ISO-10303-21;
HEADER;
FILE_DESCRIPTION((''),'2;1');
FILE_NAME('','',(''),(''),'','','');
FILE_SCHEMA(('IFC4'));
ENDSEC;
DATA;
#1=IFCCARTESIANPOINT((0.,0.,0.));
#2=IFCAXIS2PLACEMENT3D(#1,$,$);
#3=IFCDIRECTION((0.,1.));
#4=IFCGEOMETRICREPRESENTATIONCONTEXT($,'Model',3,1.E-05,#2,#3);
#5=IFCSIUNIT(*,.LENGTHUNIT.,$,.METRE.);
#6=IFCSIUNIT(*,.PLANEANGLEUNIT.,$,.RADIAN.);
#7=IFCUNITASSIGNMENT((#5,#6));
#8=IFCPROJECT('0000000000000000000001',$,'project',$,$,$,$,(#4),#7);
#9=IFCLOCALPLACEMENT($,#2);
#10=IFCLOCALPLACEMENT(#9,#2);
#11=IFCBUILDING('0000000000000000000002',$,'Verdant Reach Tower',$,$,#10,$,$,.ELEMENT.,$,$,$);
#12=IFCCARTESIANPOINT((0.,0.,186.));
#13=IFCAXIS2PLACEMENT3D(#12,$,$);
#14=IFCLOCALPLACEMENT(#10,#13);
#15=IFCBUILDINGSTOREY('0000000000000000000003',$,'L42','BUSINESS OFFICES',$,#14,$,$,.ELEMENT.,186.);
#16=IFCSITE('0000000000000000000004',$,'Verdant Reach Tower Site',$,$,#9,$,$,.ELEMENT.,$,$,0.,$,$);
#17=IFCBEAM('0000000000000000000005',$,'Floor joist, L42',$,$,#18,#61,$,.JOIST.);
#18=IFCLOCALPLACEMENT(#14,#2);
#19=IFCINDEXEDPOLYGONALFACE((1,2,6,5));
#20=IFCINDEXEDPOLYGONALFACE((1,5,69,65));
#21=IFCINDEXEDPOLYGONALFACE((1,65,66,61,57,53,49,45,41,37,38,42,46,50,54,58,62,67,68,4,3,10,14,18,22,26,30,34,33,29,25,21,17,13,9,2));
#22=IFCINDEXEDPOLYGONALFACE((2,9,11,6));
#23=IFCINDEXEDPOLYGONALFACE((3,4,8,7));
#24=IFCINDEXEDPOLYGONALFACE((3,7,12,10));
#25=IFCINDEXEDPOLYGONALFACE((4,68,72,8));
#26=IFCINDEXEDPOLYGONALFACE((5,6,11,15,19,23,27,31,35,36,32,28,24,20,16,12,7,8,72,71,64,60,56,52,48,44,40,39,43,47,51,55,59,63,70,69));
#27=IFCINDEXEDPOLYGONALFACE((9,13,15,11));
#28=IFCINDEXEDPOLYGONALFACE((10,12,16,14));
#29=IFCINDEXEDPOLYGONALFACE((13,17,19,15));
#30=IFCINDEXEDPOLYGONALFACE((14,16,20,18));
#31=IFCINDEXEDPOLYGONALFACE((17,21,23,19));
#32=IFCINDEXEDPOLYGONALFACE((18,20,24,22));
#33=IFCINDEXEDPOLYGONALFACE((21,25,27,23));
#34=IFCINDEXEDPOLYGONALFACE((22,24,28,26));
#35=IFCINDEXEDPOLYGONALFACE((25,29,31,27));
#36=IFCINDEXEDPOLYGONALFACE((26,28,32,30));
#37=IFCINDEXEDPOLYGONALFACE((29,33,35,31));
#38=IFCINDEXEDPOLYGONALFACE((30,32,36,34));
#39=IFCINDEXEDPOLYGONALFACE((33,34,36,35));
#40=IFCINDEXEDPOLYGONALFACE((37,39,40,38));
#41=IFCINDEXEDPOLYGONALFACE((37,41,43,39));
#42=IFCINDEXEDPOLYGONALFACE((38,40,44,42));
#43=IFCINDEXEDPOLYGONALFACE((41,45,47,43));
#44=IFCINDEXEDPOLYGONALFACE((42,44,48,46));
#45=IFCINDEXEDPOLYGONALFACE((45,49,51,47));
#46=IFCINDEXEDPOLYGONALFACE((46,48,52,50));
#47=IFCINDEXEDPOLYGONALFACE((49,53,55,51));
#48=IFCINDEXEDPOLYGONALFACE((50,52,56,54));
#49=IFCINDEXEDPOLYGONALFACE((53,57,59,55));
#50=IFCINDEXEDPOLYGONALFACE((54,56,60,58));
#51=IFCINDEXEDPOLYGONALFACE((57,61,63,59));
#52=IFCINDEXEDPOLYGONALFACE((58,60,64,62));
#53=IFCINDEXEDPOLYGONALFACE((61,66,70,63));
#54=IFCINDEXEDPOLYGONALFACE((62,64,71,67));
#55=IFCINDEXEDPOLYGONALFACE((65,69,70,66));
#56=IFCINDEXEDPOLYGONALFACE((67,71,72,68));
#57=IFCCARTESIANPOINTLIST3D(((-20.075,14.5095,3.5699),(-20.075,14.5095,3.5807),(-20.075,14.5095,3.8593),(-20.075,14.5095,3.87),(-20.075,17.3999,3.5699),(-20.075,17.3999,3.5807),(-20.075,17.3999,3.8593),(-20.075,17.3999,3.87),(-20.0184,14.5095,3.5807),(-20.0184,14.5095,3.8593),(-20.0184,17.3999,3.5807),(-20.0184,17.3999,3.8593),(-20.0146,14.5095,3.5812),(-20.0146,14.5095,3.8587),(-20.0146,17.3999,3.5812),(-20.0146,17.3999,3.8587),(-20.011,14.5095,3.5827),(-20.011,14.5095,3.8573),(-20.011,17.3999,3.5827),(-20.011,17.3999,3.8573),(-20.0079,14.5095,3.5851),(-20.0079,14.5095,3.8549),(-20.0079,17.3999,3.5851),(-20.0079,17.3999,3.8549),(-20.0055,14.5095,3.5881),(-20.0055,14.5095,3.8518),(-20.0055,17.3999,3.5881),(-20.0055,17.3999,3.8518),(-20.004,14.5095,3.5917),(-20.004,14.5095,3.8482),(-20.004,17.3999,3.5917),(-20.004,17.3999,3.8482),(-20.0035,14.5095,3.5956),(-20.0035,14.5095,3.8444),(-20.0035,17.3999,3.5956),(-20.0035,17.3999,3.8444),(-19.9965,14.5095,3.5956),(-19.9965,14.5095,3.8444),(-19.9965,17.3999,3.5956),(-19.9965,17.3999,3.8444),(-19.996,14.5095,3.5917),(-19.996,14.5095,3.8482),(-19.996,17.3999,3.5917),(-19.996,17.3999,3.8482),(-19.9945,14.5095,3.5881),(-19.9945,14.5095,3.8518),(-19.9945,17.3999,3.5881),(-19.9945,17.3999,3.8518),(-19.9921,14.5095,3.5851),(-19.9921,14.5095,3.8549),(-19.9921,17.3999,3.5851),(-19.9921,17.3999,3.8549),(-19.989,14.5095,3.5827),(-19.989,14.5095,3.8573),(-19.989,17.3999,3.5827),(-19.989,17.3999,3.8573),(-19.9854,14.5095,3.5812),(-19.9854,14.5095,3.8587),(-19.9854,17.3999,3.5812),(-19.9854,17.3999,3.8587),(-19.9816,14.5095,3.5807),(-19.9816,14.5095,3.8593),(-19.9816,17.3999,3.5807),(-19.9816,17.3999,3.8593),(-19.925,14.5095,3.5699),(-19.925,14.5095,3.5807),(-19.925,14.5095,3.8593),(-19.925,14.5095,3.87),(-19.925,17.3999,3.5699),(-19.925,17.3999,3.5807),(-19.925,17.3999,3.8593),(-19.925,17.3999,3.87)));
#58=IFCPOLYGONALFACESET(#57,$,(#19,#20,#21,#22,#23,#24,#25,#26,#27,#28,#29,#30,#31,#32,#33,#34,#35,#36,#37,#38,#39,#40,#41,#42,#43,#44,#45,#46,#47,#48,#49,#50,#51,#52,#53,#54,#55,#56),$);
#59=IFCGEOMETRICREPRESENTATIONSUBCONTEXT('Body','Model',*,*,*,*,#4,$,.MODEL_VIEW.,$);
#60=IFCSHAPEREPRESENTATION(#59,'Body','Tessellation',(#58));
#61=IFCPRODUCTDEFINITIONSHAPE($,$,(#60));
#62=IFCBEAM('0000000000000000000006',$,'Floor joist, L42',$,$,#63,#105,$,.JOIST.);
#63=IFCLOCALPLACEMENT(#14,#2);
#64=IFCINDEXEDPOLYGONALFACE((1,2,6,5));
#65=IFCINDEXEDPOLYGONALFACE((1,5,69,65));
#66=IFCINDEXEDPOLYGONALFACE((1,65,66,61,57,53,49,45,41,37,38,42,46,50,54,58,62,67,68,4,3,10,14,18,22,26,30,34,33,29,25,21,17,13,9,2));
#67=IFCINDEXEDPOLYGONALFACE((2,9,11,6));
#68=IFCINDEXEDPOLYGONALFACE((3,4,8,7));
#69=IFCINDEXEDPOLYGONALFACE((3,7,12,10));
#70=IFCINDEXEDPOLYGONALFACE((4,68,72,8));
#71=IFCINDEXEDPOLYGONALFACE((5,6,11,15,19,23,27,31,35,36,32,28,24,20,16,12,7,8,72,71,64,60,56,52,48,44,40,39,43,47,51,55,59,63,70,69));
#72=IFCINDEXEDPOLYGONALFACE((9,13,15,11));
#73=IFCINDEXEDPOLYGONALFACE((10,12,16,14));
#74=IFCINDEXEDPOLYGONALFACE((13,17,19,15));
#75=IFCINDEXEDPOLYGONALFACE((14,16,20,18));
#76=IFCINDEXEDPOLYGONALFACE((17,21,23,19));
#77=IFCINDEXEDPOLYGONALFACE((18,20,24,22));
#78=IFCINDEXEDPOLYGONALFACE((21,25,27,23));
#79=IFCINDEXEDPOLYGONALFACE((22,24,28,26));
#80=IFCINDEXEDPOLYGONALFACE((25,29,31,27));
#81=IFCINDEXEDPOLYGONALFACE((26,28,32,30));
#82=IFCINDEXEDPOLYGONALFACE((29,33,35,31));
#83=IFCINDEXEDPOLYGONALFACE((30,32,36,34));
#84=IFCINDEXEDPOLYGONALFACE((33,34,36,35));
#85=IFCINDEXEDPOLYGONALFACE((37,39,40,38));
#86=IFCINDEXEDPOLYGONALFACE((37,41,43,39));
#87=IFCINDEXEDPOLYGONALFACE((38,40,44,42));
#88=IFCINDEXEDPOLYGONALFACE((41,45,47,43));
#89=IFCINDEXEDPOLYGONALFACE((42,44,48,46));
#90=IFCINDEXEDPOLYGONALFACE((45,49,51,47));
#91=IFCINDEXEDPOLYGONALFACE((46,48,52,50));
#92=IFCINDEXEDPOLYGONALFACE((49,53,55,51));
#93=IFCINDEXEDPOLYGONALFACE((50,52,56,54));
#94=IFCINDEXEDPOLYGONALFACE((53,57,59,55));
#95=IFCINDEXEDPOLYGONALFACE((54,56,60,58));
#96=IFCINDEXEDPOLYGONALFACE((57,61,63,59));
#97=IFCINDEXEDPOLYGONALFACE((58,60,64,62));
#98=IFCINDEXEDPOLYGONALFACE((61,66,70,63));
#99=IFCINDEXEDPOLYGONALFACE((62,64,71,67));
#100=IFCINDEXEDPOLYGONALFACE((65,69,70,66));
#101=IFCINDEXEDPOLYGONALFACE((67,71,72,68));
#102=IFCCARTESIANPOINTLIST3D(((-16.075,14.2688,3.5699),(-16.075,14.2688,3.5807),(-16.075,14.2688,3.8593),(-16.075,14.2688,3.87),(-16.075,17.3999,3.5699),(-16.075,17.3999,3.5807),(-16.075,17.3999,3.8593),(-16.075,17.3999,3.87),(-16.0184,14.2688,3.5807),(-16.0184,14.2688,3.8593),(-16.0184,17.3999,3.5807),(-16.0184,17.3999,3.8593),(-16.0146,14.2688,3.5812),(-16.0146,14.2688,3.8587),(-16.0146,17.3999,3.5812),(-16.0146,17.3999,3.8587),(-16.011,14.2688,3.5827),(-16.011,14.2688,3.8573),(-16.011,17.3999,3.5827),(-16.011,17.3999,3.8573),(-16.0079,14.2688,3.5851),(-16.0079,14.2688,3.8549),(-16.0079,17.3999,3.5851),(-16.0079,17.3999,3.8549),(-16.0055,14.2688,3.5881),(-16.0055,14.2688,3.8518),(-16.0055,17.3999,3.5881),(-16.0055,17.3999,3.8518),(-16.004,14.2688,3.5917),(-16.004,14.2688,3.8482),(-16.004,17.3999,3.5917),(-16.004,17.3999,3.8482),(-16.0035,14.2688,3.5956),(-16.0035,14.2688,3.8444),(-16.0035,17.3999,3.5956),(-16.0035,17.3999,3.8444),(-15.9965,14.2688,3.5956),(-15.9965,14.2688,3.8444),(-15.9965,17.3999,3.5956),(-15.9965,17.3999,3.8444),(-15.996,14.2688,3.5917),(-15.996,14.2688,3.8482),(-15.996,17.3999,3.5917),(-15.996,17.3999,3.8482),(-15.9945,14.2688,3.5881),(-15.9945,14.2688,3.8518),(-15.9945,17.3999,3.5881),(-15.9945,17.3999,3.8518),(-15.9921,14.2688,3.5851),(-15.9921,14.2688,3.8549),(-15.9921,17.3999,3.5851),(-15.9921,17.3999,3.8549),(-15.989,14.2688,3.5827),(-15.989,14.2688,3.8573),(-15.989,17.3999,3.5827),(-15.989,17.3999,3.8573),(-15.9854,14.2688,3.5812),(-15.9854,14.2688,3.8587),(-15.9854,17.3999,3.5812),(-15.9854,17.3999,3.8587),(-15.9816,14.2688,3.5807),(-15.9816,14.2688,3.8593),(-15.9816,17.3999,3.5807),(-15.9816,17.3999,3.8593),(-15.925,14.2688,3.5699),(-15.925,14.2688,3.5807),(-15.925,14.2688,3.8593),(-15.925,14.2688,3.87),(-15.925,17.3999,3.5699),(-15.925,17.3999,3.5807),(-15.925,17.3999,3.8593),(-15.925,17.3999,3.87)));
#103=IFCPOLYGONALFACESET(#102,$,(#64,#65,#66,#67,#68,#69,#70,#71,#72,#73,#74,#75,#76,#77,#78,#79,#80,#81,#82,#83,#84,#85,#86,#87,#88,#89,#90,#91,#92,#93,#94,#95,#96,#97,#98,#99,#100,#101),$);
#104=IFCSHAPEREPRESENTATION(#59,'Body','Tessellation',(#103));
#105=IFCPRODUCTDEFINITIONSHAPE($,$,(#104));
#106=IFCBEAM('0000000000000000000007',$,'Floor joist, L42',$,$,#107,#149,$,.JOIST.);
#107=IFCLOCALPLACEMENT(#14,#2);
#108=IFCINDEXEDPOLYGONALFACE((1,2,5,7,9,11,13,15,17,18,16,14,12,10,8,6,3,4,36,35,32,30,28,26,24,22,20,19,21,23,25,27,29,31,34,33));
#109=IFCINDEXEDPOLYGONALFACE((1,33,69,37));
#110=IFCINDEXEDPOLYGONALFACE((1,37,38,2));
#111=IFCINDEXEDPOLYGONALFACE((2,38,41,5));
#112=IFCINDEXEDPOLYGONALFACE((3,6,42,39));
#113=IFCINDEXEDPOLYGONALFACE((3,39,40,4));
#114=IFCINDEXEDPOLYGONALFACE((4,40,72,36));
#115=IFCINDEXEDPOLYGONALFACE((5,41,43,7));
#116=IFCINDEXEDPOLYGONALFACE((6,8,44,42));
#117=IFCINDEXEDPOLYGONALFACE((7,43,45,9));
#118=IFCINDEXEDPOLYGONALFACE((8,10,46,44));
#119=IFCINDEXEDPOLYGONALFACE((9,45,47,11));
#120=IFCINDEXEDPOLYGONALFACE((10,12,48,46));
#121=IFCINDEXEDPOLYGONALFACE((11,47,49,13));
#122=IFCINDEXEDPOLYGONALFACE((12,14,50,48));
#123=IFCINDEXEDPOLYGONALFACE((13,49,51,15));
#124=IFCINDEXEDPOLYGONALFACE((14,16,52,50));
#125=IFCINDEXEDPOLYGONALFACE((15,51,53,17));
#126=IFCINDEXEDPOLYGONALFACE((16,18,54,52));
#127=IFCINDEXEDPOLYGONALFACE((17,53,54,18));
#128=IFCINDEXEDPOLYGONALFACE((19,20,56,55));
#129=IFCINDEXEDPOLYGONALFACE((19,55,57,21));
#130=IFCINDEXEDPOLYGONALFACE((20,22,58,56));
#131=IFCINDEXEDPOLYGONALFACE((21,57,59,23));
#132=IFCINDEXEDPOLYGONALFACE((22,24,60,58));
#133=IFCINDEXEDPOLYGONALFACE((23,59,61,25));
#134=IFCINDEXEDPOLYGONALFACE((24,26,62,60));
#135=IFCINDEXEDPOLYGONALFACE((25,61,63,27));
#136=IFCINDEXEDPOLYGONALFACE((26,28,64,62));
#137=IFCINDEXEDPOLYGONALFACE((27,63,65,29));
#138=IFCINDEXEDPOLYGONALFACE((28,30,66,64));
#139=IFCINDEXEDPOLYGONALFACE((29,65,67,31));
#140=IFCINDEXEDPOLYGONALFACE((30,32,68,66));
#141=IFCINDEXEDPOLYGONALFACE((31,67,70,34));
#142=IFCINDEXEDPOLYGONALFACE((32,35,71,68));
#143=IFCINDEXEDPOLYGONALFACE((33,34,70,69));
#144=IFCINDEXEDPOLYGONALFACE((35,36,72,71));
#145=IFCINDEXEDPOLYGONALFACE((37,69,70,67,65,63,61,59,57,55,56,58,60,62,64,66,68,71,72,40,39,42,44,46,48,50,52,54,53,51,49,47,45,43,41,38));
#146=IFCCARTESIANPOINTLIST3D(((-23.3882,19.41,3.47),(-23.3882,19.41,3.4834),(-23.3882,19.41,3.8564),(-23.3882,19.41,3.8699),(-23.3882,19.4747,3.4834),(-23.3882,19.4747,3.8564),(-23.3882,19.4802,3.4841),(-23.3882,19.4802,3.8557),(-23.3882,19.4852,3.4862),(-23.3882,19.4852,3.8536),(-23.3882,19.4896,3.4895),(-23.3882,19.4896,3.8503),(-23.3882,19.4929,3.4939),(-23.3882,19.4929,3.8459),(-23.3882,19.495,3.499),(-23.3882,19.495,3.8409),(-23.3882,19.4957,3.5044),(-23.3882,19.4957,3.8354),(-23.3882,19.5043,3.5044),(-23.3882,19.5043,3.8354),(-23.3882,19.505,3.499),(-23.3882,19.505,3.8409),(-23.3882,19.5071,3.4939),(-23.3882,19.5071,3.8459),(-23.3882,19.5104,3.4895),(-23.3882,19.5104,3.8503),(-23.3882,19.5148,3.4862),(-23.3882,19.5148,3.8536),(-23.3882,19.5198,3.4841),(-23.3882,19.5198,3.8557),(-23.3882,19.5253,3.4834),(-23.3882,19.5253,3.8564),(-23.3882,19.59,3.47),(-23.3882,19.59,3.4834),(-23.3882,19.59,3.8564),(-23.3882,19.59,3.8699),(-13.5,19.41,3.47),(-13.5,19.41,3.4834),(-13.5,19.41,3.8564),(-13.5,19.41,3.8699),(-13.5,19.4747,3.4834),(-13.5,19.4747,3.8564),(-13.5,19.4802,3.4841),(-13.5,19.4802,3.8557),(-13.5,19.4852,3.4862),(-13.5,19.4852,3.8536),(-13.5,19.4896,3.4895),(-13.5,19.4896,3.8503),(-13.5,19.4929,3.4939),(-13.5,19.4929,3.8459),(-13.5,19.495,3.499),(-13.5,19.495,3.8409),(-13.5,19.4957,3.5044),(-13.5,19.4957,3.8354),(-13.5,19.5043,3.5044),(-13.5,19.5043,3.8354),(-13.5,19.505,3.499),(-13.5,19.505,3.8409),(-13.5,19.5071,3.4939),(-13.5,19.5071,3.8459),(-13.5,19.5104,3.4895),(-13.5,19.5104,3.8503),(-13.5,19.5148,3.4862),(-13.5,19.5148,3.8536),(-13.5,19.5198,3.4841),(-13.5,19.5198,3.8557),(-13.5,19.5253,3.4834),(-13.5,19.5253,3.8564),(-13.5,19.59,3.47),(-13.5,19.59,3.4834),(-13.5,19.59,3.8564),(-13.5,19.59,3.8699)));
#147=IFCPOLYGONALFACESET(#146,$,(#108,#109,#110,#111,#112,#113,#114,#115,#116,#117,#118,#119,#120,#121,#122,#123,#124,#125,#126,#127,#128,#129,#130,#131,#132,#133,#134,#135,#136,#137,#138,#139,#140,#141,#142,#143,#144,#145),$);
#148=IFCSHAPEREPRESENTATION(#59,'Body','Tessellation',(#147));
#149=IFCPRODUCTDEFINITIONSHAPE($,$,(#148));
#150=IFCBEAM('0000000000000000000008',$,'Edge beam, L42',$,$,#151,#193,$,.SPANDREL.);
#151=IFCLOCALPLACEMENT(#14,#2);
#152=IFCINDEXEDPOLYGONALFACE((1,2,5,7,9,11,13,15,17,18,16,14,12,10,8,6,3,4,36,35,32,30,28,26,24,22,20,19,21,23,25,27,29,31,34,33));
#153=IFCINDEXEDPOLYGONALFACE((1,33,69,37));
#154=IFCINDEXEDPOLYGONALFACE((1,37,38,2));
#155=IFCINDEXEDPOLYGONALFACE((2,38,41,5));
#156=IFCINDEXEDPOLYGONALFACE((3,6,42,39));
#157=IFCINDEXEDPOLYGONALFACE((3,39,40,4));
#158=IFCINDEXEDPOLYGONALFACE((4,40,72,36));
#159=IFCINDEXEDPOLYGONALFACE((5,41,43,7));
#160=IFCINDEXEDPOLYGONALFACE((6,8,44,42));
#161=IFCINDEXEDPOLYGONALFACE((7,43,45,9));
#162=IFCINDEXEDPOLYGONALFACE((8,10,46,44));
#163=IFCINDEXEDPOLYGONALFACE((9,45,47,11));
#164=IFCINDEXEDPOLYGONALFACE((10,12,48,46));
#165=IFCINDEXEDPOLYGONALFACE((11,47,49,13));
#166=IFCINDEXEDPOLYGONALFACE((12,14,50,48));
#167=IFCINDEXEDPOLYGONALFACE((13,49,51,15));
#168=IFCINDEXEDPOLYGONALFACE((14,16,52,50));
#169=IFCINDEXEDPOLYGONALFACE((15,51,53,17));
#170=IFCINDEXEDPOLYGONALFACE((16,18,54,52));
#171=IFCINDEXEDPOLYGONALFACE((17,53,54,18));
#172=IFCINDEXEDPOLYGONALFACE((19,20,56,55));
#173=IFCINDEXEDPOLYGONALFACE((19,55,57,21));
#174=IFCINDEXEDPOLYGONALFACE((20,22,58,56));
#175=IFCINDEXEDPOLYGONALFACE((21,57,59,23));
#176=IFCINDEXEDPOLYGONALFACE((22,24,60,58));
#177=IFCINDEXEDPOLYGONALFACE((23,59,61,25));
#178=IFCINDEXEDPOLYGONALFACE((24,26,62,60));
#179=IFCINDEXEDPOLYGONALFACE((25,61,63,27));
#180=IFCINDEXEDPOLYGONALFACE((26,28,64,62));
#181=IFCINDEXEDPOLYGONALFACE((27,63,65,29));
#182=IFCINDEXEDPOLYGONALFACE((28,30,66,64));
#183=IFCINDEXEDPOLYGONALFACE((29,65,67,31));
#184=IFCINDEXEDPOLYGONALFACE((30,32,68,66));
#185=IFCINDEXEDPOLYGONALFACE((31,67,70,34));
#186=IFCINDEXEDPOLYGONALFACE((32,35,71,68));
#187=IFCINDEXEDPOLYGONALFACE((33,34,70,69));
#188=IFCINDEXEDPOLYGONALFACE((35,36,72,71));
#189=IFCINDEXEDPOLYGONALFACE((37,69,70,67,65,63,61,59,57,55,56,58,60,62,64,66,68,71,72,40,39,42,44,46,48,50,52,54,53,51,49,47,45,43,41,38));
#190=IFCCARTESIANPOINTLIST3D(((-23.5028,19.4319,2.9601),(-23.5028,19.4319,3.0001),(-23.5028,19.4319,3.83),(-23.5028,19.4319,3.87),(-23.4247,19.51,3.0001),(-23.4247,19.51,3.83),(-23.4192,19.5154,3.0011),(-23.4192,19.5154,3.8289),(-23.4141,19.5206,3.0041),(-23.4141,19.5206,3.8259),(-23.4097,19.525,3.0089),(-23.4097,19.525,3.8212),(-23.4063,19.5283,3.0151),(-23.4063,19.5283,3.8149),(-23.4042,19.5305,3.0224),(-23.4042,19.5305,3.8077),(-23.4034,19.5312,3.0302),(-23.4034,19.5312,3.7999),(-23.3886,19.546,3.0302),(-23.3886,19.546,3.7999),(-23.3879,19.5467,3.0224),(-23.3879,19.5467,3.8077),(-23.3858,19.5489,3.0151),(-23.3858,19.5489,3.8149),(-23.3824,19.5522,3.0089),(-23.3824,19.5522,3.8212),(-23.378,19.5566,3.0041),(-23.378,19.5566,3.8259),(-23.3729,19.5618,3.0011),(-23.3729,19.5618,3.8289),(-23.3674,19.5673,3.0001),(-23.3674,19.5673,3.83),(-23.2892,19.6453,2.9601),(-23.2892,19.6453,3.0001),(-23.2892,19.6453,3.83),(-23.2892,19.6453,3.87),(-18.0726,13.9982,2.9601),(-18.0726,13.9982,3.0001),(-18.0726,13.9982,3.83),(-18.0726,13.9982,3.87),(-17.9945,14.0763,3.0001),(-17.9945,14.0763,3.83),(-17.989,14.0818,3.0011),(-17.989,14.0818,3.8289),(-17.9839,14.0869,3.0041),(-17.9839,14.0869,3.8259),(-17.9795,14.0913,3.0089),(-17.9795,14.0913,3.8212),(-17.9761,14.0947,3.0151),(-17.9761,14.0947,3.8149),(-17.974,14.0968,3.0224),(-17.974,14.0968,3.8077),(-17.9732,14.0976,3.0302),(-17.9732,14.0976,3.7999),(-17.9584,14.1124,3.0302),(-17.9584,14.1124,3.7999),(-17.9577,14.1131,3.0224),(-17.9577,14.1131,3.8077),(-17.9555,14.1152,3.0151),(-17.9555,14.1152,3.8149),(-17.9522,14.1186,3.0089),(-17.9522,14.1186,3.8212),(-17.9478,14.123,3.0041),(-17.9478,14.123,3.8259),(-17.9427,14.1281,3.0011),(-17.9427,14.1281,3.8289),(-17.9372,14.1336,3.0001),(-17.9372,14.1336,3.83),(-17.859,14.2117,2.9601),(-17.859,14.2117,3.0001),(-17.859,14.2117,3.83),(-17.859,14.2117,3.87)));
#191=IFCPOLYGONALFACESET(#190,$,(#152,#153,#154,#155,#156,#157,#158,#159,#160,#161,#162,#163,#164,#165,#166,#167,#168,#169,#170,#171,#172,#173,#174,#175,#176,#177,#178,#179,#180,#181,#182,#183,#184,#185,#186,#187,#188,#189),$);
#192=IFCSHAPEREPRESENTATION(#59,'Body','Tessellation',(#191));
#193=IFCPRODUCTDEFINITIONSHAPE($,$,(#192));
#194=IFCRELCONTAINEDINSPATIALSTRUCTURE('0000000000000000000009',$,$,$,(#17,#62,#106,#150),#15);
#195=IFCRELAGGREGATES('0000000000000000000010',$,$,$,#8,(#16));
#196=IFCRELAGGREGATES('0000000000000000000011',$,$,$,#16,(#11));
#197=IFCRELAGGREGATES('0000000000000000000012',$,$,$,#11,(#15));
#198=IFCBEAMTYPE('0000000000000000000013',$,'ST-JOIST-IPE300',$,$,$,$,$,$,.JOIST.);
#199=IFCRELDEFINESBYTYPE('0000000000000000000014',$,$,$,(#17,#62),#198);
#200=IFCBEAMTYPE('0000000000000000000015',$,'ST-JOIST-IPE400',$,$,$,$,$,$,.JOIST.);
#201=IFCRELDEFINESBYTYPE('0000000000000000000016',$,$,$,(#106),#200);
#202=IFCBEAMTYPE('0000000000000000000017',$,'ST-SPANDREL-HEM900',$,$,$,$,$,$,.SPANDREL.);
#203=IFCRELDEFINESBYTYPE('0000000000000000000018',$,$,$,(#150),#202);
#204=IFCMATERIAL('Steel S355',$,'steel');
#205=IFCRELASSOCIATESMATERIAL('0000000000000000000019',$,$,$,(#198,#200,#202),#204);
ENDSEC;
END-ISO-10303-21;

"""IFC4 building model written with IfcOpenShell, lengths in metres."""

from ifc_helpers import new_model, si_unit, direction, frame, origin, origin_2d, place, context, subcontext, project, spatial, i_section, extrude, material, material_profile, profile_set, type_object, element, save


model = new_model("IFC4")

# Units and contexts
model_context = context("Model", 3, precision=1e-05, world=origin(), true_north=direction((0.0, 1.0)))
body_context = subcontext(model_context, "Body", "Model", "MODEL_VIEW")
ifc_project = project(units=[si_unit("LENGTHUNIT", "METRE"), si_unit("PLANEANGLEUNIT", "RADIAN")], contexts=[model_context])

# Site, building, storey
site_placement = place(None, origin())
site = spatial("IfcSite", under=ifc_project, at=site_placement, Name="Verdant Reach Tower Site", CompositionType="ELEMENT", RefElevation=0.0)
building_placement = place(site_placement, origin())
building = spatial("IfcBuilding", under=site, at=building_placement, Name="Verdant Reach Tower", CompositionType="ELEMENT")
storey_placement = place(building_placement, frame((0.0, 0.0, 186.0)))
storey = spatial("IfcBuildingStorey", under=building, at=storey_placement, Name="L42", Description="BUSINESS OFFICES", CompositionType="ELEMENT", Elevation=186.0)

# Beams
ifc_material_1 = material(Name="Steel S355", Category="steel")
ifc_material_profile_1 = material_profile(ifc_material_1, i_section(OverallWidth=0.1499, OverallDepth=0.3, WebThickness=0.0071, FlangeThickness=0.0107, FilletRadius=0.0149, at=origin_2d()), Name="IPE 300")
ifc_profile_set_1 = profile_set([ifc_material_profile_1], Name="Steel S355")
beam_type_1 = type_object("IfcBeamType", Name="ST-JOIST-IPE300", PredefinedType="JOIST", material=ifc_profile_set_1)
beam_1_placement = place(storey_placement, frame((-20.0, 17.3999, 3.72), z_axis=(0.0, -1.0, 0.0), x_axis=(1.0, 0.0, 0.0)))
element("IfcBeam", 1, at=beam_1_placement, inside=storey, type_object=beam_type_1, Name="Floor joist, L42", PredefinedType="JOIST", context=body_context, shape_type="SweptSolid", body=[
    extrude(i_section(OverallWidth=0.1499, OverallDepth=0.3, WebThickness=0.0071, FlangeThickness=0.0107, FilletRadius=0.0149, at=origin_2d()), origin(), (0.0, 0.0, 1.0), 2.8904),
])
beam_2_placement = place(storey_placement, frame((-16.0, 17.3999, 3.72), z_axis=(0.0, -1.0, 0.0), x_axis=(1.0, 0.0, 0.0)))
element("IfcBeam", 2, at=beam_2_placement, inside=storey, type_object=beam_type_1, Name="Floor joist, L42", PredefinedType="JOIST", context=body_context, shape_type="SweptSolid", body=[
    extrude(i_section(OverallWidth=0.1499, OverallDepth=0.3, WebThickness=0.0071, FlangeThickness=0.0107, FilletRadius=0.0149, at=origin_2d()), origin(), (0.0, 0.0, 1.0), 3.1311),
])
ifc_material_profile_2 = material_profile(ifc_material_1, i_section(OverallWidth=0.1799, OverallDepth=0.3999, WebThickness=0.0085, FlangeThickness=0.0134, FilletRadius=0.021, at=origin_2d()), Name="IPE 400")
ifc_profile_set_2 = profile_set([ifc_material_profile_2], Name="Steel S355")
beam_type_2 = type_object("IfcBeamType", Name="ST-JOIST-IPE400", PredefinedType="JOIST", material=ifc_profile_set_2)
beam_3_placement = place(storey_placement, frame((-13.5, 19.5, 3.6699), z_axis=(-1.0, 0.0, 0.0), x_axis=(0.0, -1.0, 0.0)))
element("IfcBeam", 3, at=beam_3_placement, inside=storey, type_object=beam_type_2, Name="Floor joist, L42", PredefinedType="JOIST", context=body_context, shape_type="SweptSolid", body=[
    extrude(i_section(OverallWidth=0.1799, OverallDepth=0.3999, WebThickness=0.0085, FlangeThickness=0.0134, FilletRadius=0.021, at=origin_2d()), origin(), (0.0, 0.0, 1.0), 9.8882),
])
ifc_material_profile_3 = material_profile(ifc_material_1, i_section(OverallWidth=0.302, OverallDepth=0.9099, WebThickness=0.021, FlangeThickness=0.04, FilletRadius=0.03, at=origin_2d()), Name="HEM 900")
ifc_profile_set_3 = profile_set([ifc_material_profile_3], Name="Steel S355")
beam_type_3 = type_object("IfcBeamType", Name="ST-SPANDREL-HEM900", PredefinedType="SPANDREL", material=ifc_profile_set_3)
beam_4_placement = place(storey_placement, frame((-17.9658, 14.105, 3.415), z_axis=(-0.706884, 0.707329, 0.0), x_axis=(-0.707329, -0.706884, 0.0)))
element("IfcBeam", 4, at=beam_4_placement, inside=storey, type_object=beam_type_3, Name="Edge beam, L42", PredefinedType="SPANDREL", context=body_context, shape_type="SweptSolid", body=[
    extrude(i_section(OverallWidth=0.302, OverallDepth=0.9099, WebThickness=0.021, FlangeThickness=0.04, FilletRadius=0.03, at=origin_2d()), origin(), (0.0, 0.0, 1.0), 7.6819),
])

save(model, "model.ifc")
